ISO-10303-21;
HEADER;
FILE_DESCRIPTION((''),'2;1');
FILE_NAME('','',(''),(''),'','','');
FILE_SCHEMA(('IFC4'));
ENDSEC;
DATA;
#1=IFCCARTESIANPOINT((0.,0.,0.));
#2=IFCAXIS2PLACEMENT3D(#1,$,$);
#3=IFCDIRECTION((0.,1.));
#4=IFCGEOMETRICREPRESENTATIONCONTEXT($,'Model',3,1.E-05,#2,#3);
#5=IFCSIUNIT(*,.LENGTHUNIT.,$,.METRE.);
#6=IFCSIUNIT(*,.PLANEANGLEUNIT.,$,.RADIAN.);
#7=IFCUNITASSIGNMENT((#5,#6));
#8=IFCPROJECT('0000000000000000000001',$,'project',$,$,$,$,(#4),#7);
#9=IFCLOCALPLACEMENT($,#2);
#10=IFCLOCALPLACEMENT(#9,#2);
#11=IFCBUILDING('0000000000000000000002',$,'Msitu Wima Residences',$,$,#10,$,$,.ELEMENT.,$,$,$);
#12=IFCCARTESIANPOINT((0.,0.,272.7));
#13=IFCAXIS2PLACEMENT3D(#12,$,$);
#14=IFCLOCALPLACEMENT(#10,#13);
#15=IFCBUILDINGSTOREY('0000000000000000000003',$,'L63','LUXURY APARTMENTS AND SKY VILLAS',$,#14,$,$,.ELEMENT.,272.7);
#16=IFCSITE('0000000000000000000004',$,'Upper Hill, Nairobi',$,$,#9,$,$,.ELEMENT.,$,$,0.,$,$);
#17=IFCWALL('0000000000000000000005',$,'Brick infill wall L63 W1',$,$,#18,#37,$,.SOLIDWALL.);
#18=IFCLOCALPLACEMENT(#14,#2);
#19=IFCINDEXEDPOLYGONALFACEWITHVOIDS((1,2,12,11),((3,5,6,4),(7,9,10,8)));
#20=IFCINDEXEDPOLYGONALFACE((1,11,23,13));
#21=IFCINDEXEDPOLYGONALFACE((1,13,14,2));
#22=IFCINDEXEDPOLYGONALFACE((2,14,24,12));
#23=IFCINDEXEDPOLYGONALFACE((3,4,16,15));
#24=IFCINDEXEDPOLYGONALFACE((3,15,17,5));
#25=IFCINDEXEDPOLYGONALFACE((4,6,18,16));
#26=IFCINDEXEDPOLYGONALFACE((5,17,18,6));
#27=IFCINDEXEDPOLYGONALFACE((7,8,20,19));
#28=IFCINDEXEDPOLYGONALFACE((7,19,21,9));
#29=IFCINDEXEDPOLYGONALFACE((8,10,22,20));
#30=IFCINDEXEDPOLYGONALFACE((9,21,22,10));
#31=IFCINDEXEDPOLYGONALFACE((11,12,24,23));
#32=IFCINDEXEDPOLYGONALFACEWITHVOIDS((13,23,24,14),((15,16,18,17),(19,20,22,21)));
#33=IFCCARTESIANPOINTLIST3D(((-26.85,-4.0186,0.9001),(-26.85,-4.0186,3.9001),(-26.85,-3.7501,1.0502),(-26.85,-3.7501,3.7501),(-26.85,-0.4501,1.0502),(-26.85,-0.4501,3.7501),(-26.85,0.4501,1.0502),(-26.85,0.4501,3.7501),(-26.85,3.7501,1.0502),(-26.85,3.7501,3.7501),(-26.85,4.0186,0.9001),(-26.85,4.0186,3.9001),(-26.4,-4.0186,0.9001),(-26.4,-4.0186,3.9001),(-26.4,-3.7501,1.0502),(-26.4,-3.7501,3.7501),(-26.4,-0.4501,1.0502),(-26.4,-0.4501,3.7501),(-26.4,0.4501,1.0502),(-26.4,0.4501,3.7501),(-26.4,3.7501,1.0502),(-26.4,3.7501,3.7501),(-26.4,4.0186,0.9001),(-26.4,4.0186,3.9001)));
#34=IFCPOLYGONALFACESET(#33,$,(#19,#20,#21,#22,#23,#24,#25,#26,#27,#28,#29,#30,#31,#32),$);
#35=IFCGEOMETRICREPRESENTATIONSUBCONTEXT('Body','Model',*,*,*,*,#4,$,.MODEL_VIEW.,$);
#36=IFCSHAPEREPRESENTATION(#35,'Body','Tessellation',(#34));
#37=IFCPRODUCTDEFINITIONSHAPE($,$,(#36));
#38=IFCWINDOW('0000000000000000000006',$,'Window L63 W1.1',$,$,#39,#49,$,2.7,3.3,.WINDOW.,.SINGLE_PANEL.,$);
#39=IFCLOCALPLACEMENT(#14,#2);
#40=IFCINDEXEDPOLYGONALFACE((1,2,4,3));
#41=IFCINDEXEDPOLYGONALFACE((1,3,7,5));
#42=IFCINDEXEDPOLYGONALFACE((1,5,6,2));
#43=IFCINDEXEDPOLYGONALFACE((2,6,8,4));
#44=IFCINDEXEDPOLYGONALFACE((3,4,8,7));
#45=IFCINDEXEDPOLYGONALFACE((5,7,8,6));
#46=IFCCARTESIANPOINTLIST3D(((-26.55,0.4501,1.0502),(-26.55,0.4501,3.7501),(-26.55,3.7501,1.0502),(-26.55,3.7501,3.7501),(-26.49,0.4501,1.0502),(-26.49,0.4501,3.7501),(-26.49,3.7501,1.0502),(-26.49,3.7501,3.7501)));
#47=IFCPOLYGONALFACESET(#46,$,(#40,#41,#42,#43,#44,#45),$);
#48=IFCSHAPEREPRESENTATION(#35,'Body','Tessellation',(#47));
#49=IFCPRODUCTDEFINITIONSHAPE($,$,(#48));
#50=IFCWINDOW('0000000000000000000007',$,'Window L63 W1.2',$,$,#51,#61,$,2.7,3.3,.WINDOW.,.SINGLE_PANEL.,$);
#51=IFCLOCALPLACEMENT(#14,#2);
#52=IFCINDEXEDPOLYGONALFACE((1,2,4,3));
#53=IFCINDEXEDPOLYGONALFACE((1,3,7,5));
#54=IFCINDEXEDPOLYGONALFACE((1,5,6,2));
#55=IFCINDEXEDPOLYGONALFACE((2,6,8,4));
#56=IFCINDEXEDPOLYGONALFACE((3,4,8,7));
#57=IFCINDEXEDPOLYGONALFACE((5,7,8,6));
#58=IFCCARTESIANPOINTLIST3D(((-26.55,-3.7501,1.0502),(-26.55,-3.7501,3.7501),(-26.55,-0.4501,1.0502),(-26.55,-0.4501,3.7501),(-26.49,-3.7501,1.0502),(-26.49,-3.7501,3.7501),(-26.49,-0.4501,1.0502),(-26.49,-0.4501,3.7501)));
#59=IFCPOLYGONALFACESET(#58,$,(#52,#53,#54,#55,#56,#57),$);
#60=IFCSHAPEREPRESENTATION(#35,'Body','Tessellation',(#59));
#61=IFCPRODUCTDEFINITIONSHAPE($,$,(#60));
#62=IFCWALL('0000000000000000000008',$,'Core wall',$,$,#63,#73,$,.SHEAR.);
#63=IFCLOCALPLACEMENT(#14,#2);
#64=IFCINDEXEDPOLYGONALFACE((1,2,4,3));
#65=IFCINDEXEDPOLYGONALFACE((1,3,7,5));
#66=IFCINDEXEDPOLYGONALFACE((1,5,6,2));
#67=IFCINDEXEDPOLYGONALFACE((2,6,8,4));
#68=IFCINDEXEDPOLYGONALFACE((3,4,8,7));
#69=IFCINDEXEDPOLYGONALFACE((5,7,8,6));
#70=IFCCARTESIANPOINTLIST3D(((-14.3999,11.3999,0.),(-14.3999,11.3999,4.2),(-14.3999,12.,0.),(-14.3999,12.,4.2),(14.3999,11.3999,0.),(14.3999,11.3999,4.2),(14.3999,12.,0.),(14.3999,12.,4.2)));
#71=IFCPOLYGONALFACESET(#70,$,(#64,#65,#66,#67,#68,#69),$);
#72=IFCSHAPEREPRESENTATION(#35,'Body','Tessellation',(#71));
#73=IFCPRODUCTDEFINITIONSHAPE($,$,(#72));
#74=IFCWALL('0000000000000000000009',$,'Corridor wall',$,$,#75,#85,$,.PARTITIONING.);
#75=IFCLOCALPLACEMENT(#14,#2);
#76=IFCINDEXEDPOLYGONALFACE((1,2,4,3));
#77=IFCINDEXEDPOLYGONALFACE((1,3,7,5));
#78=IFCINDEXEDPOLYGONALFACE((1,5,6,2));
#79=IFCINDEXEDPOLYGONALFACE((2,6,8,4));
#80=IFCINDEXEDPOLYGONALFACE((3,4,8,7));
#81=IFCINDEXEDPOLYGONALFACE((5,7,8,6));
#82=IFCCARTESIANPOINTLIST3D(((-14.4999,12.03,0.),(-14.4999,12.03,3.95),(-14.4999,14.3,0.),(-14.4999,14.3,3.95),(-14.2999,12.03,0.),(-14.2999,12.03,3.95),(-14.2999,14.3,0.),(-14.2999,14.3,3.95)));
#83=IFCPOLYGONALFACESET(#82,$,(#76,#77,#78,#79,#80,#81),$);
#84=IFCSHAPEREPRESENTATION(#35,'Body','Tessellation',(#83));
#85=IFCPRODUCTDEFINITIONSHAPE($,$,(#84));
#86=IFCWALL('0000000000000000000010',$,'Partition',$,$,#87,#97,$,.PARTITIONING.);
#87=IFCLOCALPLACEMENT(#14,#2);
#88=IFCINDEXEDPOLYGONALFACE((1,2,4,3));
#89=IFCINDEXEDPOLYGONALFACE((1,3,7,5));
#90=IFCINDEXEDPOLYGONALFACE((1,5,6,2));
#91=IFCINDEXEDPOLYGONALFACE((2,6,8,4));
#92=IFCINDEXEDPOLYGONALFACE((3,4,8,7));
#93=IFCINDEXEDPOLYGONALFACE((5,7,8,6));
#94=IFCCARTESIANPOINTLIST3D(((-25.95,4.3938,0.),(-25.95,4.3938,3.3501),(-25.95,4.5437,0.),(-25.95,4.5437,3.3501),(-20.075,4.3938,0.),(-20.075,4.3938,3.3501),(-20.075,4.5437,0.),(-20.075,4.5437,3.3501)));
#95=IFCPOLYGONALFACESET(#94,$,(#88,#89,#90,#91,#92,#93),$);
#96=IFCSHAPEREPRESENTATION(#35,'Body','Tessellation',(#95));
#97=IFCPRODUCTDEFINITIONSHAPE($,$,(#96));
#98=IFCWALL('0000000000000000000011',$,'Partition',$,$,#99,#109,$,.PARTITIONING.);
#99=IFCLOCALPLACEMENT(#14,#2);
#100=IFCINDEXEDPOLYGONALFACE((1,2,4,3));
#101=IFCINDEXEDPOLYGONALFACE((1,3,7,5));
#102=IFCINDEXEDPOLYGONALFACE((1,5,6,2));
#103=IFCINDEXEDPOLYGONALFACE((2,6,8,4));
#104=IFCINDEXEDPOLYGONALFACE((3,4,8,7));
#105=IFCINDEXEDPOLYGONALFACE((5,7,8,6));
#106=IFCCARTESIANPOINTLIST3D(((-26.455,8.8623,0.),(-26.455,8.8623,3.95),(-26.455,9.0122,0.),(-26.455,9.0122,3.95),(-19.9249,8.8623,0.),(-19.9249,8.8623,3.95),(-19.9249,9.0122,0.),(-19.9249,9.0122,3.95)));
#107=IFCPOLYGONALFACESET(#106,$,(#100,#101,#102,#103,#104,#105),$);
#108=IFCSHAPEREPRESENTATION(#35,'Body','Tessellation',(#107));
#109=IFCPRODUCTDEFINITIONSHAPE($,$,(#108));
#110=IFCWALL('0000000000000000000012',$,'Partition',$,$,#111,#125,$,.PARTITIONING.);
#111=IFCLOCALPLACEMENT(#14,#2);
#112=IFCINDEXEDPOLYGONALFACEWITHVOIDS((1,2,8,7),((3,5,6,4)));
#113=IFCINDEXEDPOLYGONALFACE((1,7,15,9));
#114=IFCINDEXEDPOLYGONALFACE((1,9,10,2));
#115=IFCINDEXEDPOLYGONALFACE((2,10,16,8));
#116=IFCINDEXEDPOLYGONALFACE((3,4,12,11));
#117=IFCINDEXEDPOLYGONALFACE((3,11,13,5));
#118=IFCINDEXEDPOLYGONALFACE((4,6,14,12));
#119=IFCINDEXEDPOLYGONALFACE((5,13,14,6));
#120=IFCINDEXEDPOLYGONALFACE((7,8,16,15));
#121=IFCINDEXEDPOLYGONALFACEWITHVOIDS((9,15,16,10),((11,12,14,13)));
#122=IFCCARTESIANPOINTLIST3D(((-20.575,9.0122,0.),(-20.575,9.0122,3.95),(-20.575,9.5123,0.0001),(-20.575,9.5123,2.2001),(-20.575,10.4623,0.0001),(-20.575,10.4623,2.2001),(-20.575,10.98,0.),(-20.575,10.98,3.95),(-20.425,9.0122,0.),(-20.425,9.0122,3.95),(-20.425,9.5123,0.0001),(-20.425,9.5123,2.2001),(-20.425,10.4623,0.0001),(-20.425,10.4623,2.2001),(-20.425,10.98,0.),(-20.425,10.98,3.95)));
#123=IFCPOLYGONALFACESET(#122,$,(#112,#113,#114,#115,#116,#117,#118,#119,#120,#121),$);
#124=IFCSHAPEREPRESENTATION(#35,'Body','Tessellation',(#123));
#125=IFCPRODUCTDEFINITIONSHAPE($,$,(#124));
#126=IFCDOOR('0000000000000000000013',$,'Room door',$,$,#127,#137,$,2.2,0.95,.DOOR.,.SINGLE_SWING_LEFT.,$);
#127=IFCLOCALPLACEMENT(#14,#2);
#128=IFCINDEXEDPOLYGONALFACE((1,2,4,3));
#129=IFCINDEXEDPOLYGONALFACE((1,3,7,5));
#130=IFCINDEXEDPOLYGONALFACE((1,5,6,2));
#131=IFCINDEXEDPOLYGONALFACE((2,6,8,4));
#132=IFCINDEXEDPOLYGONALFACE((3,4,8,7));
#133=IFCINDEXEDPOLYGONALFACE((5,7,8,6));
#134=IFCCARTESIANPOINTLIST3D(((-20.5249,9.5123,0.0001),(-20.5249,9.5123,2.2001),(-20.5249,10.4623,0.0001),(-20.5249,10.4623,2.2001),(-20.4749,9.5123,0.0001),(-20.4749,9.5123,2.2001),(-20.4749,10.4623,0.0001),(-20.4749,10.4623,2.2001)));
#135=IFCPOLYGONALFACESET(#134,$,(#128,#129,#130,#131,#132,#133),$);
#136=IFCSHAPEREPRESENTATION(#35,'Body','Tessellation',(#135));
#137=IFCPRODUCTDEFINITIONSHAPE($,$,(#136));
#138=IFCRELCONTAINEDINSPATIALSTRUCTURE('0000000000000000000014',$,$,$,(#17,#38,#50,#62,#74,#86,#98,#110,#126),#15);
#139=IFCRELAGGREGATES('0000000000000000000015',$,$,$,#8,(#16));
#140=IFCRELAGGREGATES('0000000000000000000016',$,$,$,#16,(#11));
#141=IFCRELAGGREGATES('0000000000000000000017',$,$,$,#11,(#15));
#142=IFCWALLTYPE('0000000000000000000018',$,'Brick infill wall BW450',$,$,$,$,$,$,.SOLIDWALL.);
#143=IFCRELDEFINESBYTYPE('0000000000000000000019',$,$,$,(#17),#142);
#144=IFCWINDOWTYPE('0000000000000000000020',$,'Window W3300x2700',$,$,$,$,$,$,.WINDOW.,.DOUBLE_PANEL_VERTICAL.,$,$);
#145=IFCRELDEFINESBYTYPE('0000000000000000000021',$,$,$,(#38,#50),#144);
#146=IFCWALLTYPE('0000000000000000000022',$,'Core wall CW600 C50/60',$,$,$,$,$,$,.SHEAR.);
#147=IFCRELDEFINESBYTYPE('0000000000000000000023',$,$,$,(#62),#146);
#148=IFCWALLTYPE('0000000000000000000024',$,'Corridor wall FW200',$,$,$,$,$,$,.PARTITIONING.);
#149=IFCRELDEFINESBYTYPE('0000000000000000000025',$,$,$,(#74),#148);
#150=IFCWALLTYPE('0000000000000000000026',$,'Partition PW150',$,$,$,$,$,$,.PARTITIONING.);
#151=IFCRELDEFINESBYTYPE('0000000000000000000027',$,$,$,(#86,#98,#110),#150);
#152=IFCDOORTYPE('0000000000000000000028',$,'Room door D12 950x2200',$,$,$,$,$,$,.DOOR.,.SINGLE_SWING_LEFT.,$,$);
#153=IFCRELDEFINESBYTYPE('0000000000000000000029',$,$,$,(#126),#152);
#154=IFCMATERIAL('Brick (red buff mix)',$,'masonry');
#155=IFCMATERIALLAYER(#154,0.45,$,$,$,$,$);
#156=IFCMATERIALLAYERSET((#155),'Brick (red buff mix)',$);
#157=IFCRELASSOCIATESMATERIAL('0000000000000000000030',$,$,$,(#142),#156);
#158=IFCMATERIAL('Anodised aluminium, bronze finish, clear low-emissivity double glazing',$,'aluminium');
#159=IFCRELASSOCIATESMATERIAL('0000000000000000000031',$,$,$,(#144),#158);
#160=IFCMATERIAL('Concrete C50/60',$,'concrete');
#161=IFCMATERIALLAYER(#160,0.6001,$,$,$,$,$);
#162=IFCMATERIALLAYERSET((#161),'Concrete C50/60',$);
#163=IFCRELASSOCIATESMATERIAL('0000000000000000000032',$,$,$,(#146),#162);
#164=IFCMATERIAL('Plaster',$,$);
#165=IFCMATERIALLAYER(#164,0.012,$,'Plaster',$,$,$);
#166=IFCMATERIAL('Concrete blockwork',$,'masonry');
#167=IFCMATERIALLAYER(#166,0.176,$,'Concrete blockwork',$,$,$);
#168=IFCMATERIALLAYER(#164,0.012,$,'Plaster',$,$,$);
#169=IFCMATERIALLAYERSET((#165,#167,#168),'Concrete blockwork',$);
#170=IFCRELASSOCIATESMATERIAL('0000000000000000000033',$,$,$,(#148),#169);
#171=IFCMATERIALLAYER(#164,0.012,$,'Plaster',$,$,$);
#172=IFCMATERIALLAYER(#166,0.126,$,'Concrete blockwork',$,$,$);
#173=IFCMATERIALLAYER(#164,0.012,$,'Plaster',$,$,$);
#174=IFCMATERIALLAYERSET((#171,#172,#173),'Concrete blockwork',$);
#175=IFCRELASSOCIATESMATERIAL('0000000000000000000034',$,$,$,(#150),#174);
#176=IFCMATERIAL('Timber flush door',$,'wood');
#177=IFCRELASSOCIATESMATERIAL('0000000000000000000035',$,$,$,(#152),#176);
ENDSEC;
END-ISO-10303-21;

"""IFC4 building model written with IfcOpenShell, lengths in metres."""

from ifc_helpers import new_model, si_unit, direction, frame, frame_2d, origin, place, context, subcontext, project, spatial, rectangle, extrude, material, layer, layer_set, type_object, element, fill, save


model = new_model("IFC4")

# Units and contexts
model_context = context("Model", 3, precision=1e-05, world=origin(), true_north=direction((0.0, 1.0)))
body_context = subcontext(model_context, "Body", "Model", "MODEL_VIEW")
ifc_project = project(units=[si_unit("LENGTHUNIT", "METRE"), si_unit("PLANEANGLEUNIT", "RADIAN")], contexts=[model_context])

# Site, building, storey
site_placement = place(None, origin())
site = spatial("IfcSite", under=ifc_project, at=site_placement, Name="Upper Hill, Nairobi", CompositionType="ELEMENT", RefElevation=0.0)
building_placement = place(site_placement, origin())
building = spatial("IfcBuilding", under=site, at=building_placement, Name="Msitu Wima Residences", CompositionType="ELEMENT")
storey_placement = place(building_placement, frame((0.0, 0.0, 272.7)))
storey = spatial("IfcBuildingStorey", under=building, at=storey_placement, Name="L63", Description="LUXURY APARTMENTS AND SKY VILLAS", CompositionType="ELEMENT", Elevation=272.7)

# Shared definitions
ifc_material_1 = material(Name="Concrete C50/60", Category="concrete")

# Shared definitions
ifc_material_2 = material(Name="Brick (red buff mix)", Category="masonry")
ifc_layer_1 = layer(ifc_material_2, 0.45)
ifc_layer_set_1 = layer_set([ifc_layer_1], Name="Brick (red buff mix)")
wall_type_1 = type_object("IfcWallType", Name="Brick infill wall BW450", PredefinedType="SOLIDWALL", material=ifc_layer_set_1)
ifc_material_3 = material(Name="Anodised aluminium, bronze finish, clear low-emissivity double glazing", Category="aluminium")
window_type = type_object("IfcWindowType", Name="Window W3300x2700", PartitioningType="DOUBLE_PANEL_VERTICAL", PredefinedType="WINDOW", material=ifc_material_3)

# Wall, openings, windows
wall_1_placement = place(storey_placement, frame((-26.625, 4.0186, 0.9001), z_axis=(0.0, 0.0, 1.0), x_axis=(0.0, -1.0, 0.0)))
wall_1 = element("IfcWall", 1, at=wall_1_placement, inside=storey, type_object=wall_type_1, Name="Brick infill wall L63 W1", PredefinedType="SOLIDWALL", context=body_context, shape_type="SweptSolid", body=[
    extrude(rectangle(XDim=8.0371, YDim=0.45, at=frame_2d((4.0186, 0.0))), origin(), (0.0, 0.0, 1.0), 3.0),
])
opening_1_placement = place(wall_1_placement, frame((0.2686, 0.0, 0.1499)))
opening_1 = element("IfcOpeningElement", 2, at=opening_1_placement, cuts=wall_1, PredefinedType="OPENING", context=body_context, shape_type="SweptSolid", body=[
    extrude(rectangle(XDim=3.3, YDim=2.7, at=frame_2d((1.6499, 1.3501))), frame((0.0, 0.2349, 0.0), z_axis=(0.0, -1.0, 0.0), x_axis=(1.0, 0.0, 0.0)), (0.0, 0.0, 1.0), 0.47),
])
opening_2_placement = place(wall_1_placement, frame((4.4688, 0.0, 0.1499)))
opening_2 = element("IfcOpeningElement", 3, at=opening_2_placement, cuts=wall_1, PredefinedType="OPENING", context=body_context, shape_type="SweptSolid", body=[
    extrude(rectangle(XDim=3.3, YDim=2.7, at=frame_2d((1.6499, 1.3501))), frame((0.0, 0.2349, 0.0), z_axis=(0.0, -1.0, 0.0), x_axis=(1.0, 0.0, 0.0)), (0.0, 0.0, 1.0), 0.47),
])
window_1_placement = place(opening_1_placement, origin())
window_1 = element("IfcWindow", 4, at=window_1_placement, inside=storey, type_object=window_type, Name="Window L63 W1.1", OverallHeight=2.7, OverallWidth=3.3, PartitioningType="SINGLE_PANEL", PredefinedType="WINDOW", context=body_context, shape_type="SweptSolid", body=[
    extrude(rectangle(XDim=3.3, YDim=2.7, at=frame_2d((1.6499, 1.3501))), frame((0.0, 0.135, 0.0), z_axis=(0.0, -1.0, 0.0), x_axis=(1.0, 0.0, 0.0)), (0.0, 0.0, 1.0), 0.0601),
])
fill(opening_1, window_1)
window_2_placement = place(opening_2_placement, origin())
window_2 = element("IfcWindow", 5, at=window_2_placement, inside=storey, type_object=window_type, Name="Window L63 W1.2", OverallHeight=2.7, OverallWidth=3.3, PartitioningType="SINGLE_PANEL", PredefinedType="WINDOW", context=body_context, shape_type="SweptSolid", body=[
    extrude(rectangle(XDim=3.3, YDim=2.7, at=frame_2d((1.6499, 1.3501))), frame((0.0, 0.135, 0.0), z_axis=(0.0, -1.0, 0.0), x_axis=(1.0, 0.0, 0.0)), (0.0, 0.0, 1.0), 0.0601),
])
fill(opening_2, window_2)

# Walls
ifc_layer_2 = layer(ifc_material_1, 0.6001)
ifc_layer_set_2 = layer_set([ifc_layer_2], Name="Concrete C50/60")
wall_type_2 = type_object("IfcWallType", Name="Core wall CW600 C50/60", PredefinedType="SHEAR", material=ifc_layer_set_2)
wall_2_placement = place(storey_placement, frame((-14.3999, 11.7, 0.0), z_axis=(0.0, 0.0, 1.0), x_axis=(1.0, 0.0, 0.0)))
element("IfcWall", 6, at=wall_2_placement, inside=storey, type_object=wall_type_2, Name="Core wall", PredefinedType="SHEAR", context=body_context, shape_type="SweptSolid", body=[
    extrude(rectangle(XDim=28.7998, YDim=0.6001, at=frame_2d((14.3999, 0.0))), origin(), (0.0, 0.0, 1.0), 4.2),
])
ifc_material_4 = material(Name="Plaster")
ifc_layer_3 = layer(ifc_material_4, 0.012, Name="Plaster")
ifc_material_5 = material(Name="Concrete blockwork", Category="masonry")
ifc_layer_4 = layer(ifc_material_5, 0.176, Name="Concrete blockwork")
ifc_layer_5 = layer(ifc_material_4, 0.012, Name="Plaster")
ifc_layer_set_3 = layer_set([ifc_layer_3, ifc_layer_4, ifc_layer_5], Name="Concrete blockwork")
wall_type_3 = type_object("IfcWallType", Name="Corridor wall FW200", PredefinedType="PARTITIONING", material=ifc_layer_set_3)
wall_3_placement = place(storey_placement, frame((-14.3999, 12.03, 0.0), z_axis=(0.0, 0.0, 1.0), x_axis=(0.0, 1.0, 0.0)))
element("IfcWall", 7, at=wall_3_placement, inside=storey, type_object=wall_type_3, Name="Corridor wall", PredefinedType="PARTITIONING", context=body_context, shape_type="SweptSolid", body=[
    extrude(rectangle(XDim=2.27, YDim=0.2, at=frame_2d((1.135, 0.0))), origin(), (0.0, 0.0, 1.0), 3.95),
])
ifc_layer_6 = layer(ifc_material_4, 0.012, Name="Plaster")
ifc_layer_7 = layer(ifc_material_5, 0.126, Name="Concrete blockwork")
ifc_layer_8 = layer(ifc_material_4, 0.012, Name="Plaster")
ifc_layer_set_4 = layer_set([ifc_layer_6, ifc_layer_7, ifc_layer_8], Name="Concrete blockwork")
wall_type_4 = type_object("IfcWallType", Name="Partition PW150", PredefinedType="PARTITIONING", material=ifc_layer_set_4)
wall_4_placement = place(storey_placement, frame((-25.95, 4.4688, 0.0), z_axis=(0.0, 0.0, 1.0), x_axis=(1.0, 0.0, 0.0)))
element("IfcWall", 8, at=wall_4_placement, inside=storey, type_object=wall_type_4, Name="Partition", PredefinedType="PARTITIONING", context=body_context, shape_type="SweptSolid", body=[
    extrude(rectangle(XDim=5.875, YDim=0.1499, at=frame_2d((2.9375, 0.0))), origin(), (0.0, 0.0, 1.0), 3.3501),
])
wall_5_placement = place(storey_placement, frame((-26.4551, 8.9373, 0.0), z_axis=(0.0, 0.0, 1.0), x_axis=(1.0, 0.0, 0.0)))
element("IfcWall", 9, at=wall_5_placement, inside=storey, type_object=wall_type_4, Name="Partition", PredefinedType="PARTITIONING", context=body_context, shape_type="SweptSolid", body=[
    extrude(rectangle(XDim=6.53, YDim=0.1499, at=frame_2d((3.2651, 0.0))), origin(), (0.0, 0.0, 1.0), 3.95),
])

# Wall, opening, door
wall_6_placement = place(storey_placement, frame((-20.5, 9.0122, 0.0), z_axis=(0.0, 0.0, 1.0), x_axis=(0.0, 1.0, 0.0)))
wall_6 = element("IfcWall", 10, at=wall_6_placement, inside=storey, type_object=wall_type_4, Name="Partition", PredefinedType="PARTITIONING", context=body_context, shape_type="SweptSolid", body=[
    extrude(rectangle(XDim=1.9678, YDim=0.1499, at=frame_2d((0.9839, 0.0))), origin(), (0.0, 0.0, 1.0), 3.95),
])
opening_3_placement = place(wall_6_placement, frame((0.5, 0.0, 0.0)))
opening_3 = element("IfcOpeningElement", 11, at=opening_3_placement, cuts=wall_6, PredefinedType="OPENING", context=body_context, shape_type="SweptSolid", body=[
    extrude(rectangle(XDim=0.95, YDim=2.2, at=frame_2d((0.4751, 1.1001))), frame((0.0, 0.085, 0.0), z_axis=(0.0, -1.0, 0.0), x_axis=(1.0, 0.0, 0.0)), (0.0, 0.0, 1.0), 0.1699),
])
ifc_material_6 = material(Name="Timber flush door", Category="wood")
door_type_1 = type_object("IfcDoorType", Name="Room door D12 950x2200", OperationType="SINGLE_SWING_LEFT", PredefinedType="DOOR", material=ifc_material_6)
door_1_placement = place(opening_3_placement, origin())
door_1 = element("IfcDoor", 12, at=door_1_placement, inside=storey, type_object=door_type_1, Name="Room door", OperationType="SINGLE_SWING_LEFT", OverallHeight=2.2, OverallWidth=0.95, PredefinedType="DOOR", context=body_context, shape_type="SweptSolid", body=[
    extrude(rectangle(XDim=0.95, YDim=2.2, at=frame_2d((0.4751, 1.1001))), frame((0.0, 0.0249, 0.0), z_axis=(0.0, -1.0, 0.0), x_axis=(1.0, 0.0, 0.0)), (0.0, 0.0, 1.0), 0.05),
])
fill(opening_3, door_1)

save(model, "model.ifc")
